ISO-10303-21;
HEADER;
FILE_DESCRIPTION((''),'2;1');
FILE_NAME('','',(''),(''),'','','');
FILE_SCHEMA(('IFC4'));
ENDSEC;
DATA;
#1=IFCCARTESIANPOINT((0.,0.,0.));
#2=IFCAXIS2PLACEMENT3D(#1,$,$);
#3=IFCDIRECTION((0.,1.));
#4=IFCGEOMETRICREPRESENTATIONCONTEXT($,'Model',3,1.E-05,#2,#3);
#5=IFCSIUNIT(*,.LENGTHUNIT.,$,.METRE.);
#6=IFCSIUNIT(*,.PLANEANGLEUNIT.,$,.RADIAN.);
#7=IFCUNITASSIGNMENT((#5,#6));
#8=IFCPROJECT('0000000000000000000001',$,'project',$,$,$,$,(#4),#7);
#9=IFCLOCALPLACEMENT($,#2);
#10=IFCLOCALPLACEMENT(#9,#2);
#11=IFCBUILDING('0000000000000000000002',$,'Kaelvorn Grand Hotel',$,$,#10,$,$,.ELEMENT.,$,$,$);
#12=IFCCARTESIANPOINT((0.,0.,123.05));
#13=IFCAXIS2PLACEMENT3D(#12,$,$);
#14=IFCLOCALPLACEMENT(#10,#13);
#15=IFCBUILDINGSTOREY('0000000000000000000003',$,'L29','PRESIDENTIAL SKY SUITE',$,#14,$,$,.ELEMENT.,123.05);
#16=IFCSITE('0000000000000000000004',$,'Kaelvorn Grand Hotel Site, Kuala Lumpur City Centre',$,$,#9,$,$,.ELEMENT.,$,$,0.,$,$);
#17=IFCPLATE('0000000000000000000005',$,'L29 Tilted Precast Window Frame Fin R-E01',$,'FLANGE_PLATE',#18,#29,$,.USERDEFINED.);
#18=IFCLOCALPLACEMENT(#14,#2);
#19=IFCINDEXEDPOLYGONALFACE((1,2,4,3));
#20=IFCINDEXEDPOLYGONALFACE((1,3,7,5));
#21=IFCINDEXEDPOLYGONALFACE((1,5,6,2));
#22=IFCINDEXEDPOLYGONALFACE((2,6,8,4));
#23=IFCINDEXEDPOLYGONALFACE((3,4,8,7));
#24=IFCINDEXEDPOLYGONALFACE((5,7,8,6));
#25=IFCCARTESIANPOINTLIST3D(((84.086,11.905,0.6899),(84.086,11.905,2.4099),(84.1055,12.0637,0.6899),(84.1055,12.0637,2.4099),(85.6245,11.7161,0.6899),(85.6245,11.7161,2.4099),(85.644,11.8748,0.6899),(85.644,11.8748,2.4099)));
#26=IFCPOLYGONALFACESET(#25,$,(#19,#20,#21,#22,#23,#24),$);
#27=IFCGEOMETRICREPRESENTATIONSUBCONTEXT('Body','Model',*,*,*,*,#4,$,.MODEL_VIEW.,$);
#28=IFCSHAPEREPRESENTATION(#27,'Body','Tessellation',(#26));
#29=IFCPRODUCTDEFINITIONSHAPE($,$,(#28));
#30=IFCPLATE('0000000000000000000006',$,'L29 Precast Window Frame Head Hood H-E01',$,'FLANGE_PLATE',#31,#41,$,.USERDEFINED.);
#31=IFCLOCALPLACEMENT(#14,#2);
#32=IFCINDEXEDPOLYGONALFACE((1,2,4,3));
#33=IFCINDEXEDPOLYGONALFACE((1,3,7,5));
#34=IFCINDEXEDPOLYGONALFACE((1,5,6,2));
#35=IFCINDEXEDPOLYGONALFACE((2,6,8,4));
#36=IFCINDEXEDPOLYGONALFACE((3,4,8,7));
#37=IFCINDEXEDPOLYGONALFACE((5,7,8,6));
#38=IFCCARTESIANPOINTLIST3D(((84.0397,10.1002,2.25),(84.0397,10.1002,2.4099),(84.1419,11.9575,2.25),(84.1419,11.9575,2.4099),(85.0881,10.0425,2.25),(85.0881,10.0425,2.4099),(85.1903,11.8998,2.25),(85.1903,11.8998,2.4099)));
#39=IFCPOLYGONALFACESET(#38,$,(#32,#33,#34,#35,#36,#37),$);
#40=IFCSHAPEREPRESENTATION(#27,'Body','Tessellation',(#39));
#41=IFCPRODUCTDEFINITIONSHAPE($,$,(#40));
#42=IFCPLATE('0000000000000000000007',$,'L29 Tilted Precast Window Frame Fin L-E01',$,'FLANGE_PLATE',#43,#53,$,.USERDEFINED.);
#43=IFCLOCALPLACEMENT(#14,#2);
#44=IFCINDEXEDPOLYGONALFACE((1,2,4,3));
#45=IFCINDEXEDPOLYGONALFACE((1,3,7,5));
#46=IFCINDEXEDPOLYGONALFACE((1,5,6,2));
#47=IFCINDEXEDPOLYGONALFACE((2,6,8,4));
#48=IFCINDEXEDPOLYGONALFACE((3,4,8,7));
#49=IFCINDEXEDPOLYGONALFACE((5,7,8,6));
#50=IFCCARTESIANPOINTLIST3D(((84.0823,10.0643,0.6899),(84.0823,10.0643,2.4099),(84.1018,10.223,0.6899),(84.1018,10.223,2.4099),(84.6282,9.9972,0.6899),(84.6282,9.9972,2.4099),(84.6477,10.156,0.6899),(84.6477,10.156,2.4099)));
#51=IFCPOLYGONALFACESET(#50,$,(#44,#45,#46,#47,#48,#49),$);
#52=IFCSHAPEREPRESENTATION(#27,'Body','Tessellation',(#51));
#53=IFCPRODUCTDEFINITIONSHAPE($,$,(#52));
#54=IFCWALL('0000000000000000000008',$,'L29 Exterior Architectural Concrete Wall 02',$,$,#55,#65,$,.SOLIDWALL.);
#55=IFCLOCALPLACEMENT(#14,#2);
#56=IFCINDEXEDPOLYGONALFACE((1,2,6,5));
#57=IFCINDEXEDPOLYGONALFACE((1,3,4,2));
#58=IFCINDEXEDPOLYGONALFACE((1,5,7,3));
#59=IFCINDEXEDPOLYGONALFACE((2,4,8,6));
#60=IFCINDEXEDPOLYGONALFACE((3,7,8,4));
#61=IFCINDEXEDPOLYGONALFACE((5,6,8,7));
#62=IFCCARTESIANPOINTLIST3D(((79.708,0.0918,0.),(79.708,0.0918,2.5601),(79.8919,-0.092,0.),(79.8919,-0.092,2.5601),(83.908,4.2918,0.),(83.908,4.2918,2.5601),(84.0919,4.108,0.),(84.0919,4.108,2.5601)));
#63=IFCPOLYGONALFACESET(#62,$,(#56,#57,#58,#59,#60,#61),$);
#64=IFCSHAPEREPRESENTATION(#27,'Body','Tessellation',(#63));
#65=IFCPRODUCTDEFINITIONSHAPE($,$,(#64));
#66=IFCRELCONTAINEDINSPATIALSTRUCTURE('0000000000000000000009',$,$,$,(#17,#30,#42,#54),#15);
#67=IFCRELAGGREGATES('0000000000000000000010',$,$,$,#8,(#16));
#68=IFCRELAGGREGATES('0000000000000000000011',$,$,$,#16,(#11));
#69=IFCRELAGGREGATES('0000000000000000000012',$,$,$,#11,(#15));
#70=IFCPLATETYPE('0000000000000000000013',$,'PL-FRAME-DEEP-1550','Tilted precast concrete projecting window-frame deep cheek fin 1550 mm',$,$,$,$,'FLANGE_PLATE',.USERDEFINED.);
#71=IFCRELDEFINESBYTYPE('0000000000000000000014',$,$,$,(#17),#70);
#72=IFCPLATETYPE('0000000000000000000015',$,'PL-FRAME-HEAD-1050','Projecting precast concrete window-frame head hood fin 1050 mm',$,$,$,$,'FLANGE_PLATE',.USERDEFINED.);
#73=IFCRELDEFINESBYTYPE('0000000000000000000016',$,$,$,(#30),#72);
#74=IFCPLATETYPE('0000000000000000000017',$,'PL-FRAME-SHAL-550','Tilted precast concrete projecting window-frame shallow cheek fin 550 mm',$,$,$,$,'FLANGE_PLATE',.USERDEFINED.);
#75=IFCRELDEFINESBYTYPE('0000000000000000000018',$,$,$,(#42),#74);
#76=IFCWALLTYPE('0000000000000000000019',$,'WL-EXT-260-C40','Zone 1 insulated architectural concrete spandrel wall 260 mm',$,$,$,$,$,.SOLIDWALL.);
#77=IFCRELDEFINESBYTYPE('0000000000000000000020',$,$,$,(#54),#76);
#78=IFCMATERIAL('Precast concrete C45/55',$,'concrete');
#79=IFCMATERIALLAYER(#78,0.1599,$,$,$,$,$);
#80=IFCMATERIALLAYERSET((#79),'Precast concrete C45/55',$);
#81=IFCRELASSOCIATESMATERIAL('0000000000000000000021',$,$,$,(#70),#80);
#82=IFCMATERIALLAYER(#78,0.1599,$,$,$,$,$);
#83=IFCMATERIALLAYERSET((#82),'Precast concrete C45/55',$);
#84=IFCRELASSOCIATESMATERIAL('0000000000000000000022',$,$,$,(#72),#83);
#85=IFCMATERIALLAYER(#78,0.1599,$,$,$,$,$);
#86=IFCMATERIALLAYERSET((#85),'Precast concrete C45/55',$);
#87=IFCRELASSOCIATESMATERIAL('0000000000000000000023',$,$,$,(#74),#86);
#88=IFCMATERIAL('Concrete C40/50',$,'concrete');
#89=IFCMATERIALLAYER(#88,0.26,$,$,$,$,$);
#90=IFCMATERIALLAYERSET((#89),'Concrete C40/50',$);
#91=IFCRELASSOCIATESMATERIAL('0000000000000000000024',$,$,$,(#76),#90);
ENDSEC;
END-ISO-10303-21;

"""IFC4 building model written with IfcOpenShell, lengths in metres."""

from ifc_helpers import new_model, si_unit, direction, frame, frame_2d, origin, origin_2d, place, context, subcontext, project, spatial, rectangle, extrude, material, layer, layer_set, type_object, element, save


model = new_model("IFC4")

# Units and contexts
model_context = context("Model", 3, precision=1e-05, world=origin(), true_north=direction((0.0, 1.0)))
body_context = subcontext(model_context, "Body", "Model", "MODEL_VIEW")
ifc_project = project(units=[si_unit("LENGTHUNIT", "METRE"), si_unit("PLANEANGLEUNIT", "RADIAN")], contexts=[model_context])

# Site, building, storey
site_placement = place(None, origin())
site = spatial("IfcSite", under=ifc_project, at=site_placement, Name="Kaelvorn Grand Hotel Site, Kuala Lumpur City Centre", CompositionType="ELEMENT", RefElevation=0.0)
building_placement = place(site_placement, origin())
building = spatial("IfcBuilding", under=site, at=building_placement, Name="Kaelvorn Grand Hotel", CompositionType="ELEMENT")
storey_placement = place(building_placement, frame((0.0, 0.0, 123.05)))
storey = spatial("IfcBuildingStorey", under=building, at=storey_placement, Name="L29", Description="PRESIDENTIAL SKY SUITE", CompositionType="ELEMENT", Elevation=123.05)

# Plates
ifc_material_1 = material(Name="Precast concrete C45/55", Category="concrete")
ifc_layer_1 = layer(ifc_material_1, 0.1599)
ifc_layer_set_1 = layer_set([ifc_layer_1], Name="Precast concrete C45/55")
plate_type_1 = type_object("IfcPlateType", Name="PL-FRAME-DEEP-1550", Description="Tilted precast concrete projecting window-frame deep cheek fin 1550 mm", ElementType="FLANGE_PLATE", PredefinedType="USERDEFINED", material=ifc_layer_set_1)
plate_1_placement = place(storey_placement, frame((84.865, 11.8899, 0.6899), z_axis=(0.0, 0.0, 1.0), x_axis=(0.121869, 0.992546, 0.0)))
element("IfcPlate", 1, at=plate_1_placement, inside=storey, type_object=plate_type_1, Name="L29 Tilted Precast Window Frame Fin R-E01", ObjectType="FLANGE_PLATE", PredefinedType="USERDEFINED", context=body_context, shape_type="SweptSolid", body=[
    extrude(rectangle(XDim=0.1599, YDim=1.55, at=origin_2d()), origin(), (0.0, 0.0, 1.0), 1.72),
])
ifc_layer_2 = layer(ifc_material_1, 0.1599)
ifc_layer_set_2 = layer_set([ifc_layer_2], Name="Precast concrete C45/55")
plate_type_2 = type_object("IfcPlateType", Name="PL-FRAME-HEAD-1050", Description="Projecting precast concrete window-frame head hood fin 1050 mm", ElementType="FLANGE_PLATE", PredefinedType="USERDEFINED", material=ifc_layer_set_2)
plate_2_placement = place(storey_placement, frame((84.615, 11.0, 2.25), z_axis=(0.0, 0.0, 1.0), x_axis=(0.05495, 0.998489, 0.0)))
element("IfcPlate", 2, at=plate_2_placement, inside=storey, type_object=plate_type_2, Name="L29 Precast Window Frame Head Hood H-E01", ObjectType="FLANGE_PLATE", PredefinedType="USERDEFINED", context=body_context, shape_type="SweptSolid", body=[
    extrude(rectangle(XDim=1.8601, YDim=1.05, at=origin_2d()), origin(), (0.0, 0.0, 1.0), 0.1599),
])
ifc_layer_3 = layer(ifc_material_1, 0.1599)
ifc_layer_set_3 = layer_set([ifc_layer_3], Name="Precast concrete C45/55")
plate_type_3 = type_object("IfcPlateType", Name="PL-FRAME-SHAL-550", Description="Tilted precast concrete projecting window-frame shallow cheek fin 550 mm", ElementType="FLANGE_PLATE", PredefinedType="USERDEFINED", material=ifc_layer_set_3)
plate_3_placement = place(storey_placement, frame((84.365, 10.1101, 0.6899), z_axis=(0.0, 0.0, 1.0), x_axis=(0.121869, 0.992546, 0.0)))
element("IfcPlate", 3, at=plate_3_placement, inside=storey, type_object=plate_type_3, Name="L29 Tilted Precast Window Frame Fin L-E01", ObjectType="FLANGE_PLATE", PredefinedType="USERDEFINED", context=body_context, shape_type="SweptSolid", body=[
    extrude(rectangle(XDim=0.1599, YDim=0.55, at=origin_2d()), origin(), (0.0, 0.0, 1.0), 1.72),
])

# Wall
ifc_material_2 = material(Name="Concrete C40/50", Category="concrete")
ifc_layer_4 = layer(ifc_material_2, 0.26)
ifc_layer_set_4 = layer_set([ifc_layer_4], Name="Concrete C40/50")
wall_type_1 = type_object("IfcWallType", Name="WL-EXT-260-C40", Description="Zone 1 insulated architectural concrete spandrel wall 260 mm", PredefinedType="SOLIDWALL", material=ifc_layer_set_4)
wall_1_placement = place(storey_placement, frame((79.8, 0.0, 0.0), z_axis=(0.0, 0.0, 1.0), x_axis=(0.707107, 0.707107, 0.0)))
element("IfcWall", 4, at=wall_1_placement, inside=storey, type_object=wall_type_1, Name="L29 Exterior Architectural Concrete Wall 02", PredefinedType="SOLIDWALL", context=body_context, shape_type="SweptSolid", body=[
    extrude(rectangle(XDim=5.9397, YDim=0.26, at=frame_2d((2.9697, 0.0))), origin(), (0.0, 0.0, 1.0), 2.5601),
])

save(model, "model.ifc")
